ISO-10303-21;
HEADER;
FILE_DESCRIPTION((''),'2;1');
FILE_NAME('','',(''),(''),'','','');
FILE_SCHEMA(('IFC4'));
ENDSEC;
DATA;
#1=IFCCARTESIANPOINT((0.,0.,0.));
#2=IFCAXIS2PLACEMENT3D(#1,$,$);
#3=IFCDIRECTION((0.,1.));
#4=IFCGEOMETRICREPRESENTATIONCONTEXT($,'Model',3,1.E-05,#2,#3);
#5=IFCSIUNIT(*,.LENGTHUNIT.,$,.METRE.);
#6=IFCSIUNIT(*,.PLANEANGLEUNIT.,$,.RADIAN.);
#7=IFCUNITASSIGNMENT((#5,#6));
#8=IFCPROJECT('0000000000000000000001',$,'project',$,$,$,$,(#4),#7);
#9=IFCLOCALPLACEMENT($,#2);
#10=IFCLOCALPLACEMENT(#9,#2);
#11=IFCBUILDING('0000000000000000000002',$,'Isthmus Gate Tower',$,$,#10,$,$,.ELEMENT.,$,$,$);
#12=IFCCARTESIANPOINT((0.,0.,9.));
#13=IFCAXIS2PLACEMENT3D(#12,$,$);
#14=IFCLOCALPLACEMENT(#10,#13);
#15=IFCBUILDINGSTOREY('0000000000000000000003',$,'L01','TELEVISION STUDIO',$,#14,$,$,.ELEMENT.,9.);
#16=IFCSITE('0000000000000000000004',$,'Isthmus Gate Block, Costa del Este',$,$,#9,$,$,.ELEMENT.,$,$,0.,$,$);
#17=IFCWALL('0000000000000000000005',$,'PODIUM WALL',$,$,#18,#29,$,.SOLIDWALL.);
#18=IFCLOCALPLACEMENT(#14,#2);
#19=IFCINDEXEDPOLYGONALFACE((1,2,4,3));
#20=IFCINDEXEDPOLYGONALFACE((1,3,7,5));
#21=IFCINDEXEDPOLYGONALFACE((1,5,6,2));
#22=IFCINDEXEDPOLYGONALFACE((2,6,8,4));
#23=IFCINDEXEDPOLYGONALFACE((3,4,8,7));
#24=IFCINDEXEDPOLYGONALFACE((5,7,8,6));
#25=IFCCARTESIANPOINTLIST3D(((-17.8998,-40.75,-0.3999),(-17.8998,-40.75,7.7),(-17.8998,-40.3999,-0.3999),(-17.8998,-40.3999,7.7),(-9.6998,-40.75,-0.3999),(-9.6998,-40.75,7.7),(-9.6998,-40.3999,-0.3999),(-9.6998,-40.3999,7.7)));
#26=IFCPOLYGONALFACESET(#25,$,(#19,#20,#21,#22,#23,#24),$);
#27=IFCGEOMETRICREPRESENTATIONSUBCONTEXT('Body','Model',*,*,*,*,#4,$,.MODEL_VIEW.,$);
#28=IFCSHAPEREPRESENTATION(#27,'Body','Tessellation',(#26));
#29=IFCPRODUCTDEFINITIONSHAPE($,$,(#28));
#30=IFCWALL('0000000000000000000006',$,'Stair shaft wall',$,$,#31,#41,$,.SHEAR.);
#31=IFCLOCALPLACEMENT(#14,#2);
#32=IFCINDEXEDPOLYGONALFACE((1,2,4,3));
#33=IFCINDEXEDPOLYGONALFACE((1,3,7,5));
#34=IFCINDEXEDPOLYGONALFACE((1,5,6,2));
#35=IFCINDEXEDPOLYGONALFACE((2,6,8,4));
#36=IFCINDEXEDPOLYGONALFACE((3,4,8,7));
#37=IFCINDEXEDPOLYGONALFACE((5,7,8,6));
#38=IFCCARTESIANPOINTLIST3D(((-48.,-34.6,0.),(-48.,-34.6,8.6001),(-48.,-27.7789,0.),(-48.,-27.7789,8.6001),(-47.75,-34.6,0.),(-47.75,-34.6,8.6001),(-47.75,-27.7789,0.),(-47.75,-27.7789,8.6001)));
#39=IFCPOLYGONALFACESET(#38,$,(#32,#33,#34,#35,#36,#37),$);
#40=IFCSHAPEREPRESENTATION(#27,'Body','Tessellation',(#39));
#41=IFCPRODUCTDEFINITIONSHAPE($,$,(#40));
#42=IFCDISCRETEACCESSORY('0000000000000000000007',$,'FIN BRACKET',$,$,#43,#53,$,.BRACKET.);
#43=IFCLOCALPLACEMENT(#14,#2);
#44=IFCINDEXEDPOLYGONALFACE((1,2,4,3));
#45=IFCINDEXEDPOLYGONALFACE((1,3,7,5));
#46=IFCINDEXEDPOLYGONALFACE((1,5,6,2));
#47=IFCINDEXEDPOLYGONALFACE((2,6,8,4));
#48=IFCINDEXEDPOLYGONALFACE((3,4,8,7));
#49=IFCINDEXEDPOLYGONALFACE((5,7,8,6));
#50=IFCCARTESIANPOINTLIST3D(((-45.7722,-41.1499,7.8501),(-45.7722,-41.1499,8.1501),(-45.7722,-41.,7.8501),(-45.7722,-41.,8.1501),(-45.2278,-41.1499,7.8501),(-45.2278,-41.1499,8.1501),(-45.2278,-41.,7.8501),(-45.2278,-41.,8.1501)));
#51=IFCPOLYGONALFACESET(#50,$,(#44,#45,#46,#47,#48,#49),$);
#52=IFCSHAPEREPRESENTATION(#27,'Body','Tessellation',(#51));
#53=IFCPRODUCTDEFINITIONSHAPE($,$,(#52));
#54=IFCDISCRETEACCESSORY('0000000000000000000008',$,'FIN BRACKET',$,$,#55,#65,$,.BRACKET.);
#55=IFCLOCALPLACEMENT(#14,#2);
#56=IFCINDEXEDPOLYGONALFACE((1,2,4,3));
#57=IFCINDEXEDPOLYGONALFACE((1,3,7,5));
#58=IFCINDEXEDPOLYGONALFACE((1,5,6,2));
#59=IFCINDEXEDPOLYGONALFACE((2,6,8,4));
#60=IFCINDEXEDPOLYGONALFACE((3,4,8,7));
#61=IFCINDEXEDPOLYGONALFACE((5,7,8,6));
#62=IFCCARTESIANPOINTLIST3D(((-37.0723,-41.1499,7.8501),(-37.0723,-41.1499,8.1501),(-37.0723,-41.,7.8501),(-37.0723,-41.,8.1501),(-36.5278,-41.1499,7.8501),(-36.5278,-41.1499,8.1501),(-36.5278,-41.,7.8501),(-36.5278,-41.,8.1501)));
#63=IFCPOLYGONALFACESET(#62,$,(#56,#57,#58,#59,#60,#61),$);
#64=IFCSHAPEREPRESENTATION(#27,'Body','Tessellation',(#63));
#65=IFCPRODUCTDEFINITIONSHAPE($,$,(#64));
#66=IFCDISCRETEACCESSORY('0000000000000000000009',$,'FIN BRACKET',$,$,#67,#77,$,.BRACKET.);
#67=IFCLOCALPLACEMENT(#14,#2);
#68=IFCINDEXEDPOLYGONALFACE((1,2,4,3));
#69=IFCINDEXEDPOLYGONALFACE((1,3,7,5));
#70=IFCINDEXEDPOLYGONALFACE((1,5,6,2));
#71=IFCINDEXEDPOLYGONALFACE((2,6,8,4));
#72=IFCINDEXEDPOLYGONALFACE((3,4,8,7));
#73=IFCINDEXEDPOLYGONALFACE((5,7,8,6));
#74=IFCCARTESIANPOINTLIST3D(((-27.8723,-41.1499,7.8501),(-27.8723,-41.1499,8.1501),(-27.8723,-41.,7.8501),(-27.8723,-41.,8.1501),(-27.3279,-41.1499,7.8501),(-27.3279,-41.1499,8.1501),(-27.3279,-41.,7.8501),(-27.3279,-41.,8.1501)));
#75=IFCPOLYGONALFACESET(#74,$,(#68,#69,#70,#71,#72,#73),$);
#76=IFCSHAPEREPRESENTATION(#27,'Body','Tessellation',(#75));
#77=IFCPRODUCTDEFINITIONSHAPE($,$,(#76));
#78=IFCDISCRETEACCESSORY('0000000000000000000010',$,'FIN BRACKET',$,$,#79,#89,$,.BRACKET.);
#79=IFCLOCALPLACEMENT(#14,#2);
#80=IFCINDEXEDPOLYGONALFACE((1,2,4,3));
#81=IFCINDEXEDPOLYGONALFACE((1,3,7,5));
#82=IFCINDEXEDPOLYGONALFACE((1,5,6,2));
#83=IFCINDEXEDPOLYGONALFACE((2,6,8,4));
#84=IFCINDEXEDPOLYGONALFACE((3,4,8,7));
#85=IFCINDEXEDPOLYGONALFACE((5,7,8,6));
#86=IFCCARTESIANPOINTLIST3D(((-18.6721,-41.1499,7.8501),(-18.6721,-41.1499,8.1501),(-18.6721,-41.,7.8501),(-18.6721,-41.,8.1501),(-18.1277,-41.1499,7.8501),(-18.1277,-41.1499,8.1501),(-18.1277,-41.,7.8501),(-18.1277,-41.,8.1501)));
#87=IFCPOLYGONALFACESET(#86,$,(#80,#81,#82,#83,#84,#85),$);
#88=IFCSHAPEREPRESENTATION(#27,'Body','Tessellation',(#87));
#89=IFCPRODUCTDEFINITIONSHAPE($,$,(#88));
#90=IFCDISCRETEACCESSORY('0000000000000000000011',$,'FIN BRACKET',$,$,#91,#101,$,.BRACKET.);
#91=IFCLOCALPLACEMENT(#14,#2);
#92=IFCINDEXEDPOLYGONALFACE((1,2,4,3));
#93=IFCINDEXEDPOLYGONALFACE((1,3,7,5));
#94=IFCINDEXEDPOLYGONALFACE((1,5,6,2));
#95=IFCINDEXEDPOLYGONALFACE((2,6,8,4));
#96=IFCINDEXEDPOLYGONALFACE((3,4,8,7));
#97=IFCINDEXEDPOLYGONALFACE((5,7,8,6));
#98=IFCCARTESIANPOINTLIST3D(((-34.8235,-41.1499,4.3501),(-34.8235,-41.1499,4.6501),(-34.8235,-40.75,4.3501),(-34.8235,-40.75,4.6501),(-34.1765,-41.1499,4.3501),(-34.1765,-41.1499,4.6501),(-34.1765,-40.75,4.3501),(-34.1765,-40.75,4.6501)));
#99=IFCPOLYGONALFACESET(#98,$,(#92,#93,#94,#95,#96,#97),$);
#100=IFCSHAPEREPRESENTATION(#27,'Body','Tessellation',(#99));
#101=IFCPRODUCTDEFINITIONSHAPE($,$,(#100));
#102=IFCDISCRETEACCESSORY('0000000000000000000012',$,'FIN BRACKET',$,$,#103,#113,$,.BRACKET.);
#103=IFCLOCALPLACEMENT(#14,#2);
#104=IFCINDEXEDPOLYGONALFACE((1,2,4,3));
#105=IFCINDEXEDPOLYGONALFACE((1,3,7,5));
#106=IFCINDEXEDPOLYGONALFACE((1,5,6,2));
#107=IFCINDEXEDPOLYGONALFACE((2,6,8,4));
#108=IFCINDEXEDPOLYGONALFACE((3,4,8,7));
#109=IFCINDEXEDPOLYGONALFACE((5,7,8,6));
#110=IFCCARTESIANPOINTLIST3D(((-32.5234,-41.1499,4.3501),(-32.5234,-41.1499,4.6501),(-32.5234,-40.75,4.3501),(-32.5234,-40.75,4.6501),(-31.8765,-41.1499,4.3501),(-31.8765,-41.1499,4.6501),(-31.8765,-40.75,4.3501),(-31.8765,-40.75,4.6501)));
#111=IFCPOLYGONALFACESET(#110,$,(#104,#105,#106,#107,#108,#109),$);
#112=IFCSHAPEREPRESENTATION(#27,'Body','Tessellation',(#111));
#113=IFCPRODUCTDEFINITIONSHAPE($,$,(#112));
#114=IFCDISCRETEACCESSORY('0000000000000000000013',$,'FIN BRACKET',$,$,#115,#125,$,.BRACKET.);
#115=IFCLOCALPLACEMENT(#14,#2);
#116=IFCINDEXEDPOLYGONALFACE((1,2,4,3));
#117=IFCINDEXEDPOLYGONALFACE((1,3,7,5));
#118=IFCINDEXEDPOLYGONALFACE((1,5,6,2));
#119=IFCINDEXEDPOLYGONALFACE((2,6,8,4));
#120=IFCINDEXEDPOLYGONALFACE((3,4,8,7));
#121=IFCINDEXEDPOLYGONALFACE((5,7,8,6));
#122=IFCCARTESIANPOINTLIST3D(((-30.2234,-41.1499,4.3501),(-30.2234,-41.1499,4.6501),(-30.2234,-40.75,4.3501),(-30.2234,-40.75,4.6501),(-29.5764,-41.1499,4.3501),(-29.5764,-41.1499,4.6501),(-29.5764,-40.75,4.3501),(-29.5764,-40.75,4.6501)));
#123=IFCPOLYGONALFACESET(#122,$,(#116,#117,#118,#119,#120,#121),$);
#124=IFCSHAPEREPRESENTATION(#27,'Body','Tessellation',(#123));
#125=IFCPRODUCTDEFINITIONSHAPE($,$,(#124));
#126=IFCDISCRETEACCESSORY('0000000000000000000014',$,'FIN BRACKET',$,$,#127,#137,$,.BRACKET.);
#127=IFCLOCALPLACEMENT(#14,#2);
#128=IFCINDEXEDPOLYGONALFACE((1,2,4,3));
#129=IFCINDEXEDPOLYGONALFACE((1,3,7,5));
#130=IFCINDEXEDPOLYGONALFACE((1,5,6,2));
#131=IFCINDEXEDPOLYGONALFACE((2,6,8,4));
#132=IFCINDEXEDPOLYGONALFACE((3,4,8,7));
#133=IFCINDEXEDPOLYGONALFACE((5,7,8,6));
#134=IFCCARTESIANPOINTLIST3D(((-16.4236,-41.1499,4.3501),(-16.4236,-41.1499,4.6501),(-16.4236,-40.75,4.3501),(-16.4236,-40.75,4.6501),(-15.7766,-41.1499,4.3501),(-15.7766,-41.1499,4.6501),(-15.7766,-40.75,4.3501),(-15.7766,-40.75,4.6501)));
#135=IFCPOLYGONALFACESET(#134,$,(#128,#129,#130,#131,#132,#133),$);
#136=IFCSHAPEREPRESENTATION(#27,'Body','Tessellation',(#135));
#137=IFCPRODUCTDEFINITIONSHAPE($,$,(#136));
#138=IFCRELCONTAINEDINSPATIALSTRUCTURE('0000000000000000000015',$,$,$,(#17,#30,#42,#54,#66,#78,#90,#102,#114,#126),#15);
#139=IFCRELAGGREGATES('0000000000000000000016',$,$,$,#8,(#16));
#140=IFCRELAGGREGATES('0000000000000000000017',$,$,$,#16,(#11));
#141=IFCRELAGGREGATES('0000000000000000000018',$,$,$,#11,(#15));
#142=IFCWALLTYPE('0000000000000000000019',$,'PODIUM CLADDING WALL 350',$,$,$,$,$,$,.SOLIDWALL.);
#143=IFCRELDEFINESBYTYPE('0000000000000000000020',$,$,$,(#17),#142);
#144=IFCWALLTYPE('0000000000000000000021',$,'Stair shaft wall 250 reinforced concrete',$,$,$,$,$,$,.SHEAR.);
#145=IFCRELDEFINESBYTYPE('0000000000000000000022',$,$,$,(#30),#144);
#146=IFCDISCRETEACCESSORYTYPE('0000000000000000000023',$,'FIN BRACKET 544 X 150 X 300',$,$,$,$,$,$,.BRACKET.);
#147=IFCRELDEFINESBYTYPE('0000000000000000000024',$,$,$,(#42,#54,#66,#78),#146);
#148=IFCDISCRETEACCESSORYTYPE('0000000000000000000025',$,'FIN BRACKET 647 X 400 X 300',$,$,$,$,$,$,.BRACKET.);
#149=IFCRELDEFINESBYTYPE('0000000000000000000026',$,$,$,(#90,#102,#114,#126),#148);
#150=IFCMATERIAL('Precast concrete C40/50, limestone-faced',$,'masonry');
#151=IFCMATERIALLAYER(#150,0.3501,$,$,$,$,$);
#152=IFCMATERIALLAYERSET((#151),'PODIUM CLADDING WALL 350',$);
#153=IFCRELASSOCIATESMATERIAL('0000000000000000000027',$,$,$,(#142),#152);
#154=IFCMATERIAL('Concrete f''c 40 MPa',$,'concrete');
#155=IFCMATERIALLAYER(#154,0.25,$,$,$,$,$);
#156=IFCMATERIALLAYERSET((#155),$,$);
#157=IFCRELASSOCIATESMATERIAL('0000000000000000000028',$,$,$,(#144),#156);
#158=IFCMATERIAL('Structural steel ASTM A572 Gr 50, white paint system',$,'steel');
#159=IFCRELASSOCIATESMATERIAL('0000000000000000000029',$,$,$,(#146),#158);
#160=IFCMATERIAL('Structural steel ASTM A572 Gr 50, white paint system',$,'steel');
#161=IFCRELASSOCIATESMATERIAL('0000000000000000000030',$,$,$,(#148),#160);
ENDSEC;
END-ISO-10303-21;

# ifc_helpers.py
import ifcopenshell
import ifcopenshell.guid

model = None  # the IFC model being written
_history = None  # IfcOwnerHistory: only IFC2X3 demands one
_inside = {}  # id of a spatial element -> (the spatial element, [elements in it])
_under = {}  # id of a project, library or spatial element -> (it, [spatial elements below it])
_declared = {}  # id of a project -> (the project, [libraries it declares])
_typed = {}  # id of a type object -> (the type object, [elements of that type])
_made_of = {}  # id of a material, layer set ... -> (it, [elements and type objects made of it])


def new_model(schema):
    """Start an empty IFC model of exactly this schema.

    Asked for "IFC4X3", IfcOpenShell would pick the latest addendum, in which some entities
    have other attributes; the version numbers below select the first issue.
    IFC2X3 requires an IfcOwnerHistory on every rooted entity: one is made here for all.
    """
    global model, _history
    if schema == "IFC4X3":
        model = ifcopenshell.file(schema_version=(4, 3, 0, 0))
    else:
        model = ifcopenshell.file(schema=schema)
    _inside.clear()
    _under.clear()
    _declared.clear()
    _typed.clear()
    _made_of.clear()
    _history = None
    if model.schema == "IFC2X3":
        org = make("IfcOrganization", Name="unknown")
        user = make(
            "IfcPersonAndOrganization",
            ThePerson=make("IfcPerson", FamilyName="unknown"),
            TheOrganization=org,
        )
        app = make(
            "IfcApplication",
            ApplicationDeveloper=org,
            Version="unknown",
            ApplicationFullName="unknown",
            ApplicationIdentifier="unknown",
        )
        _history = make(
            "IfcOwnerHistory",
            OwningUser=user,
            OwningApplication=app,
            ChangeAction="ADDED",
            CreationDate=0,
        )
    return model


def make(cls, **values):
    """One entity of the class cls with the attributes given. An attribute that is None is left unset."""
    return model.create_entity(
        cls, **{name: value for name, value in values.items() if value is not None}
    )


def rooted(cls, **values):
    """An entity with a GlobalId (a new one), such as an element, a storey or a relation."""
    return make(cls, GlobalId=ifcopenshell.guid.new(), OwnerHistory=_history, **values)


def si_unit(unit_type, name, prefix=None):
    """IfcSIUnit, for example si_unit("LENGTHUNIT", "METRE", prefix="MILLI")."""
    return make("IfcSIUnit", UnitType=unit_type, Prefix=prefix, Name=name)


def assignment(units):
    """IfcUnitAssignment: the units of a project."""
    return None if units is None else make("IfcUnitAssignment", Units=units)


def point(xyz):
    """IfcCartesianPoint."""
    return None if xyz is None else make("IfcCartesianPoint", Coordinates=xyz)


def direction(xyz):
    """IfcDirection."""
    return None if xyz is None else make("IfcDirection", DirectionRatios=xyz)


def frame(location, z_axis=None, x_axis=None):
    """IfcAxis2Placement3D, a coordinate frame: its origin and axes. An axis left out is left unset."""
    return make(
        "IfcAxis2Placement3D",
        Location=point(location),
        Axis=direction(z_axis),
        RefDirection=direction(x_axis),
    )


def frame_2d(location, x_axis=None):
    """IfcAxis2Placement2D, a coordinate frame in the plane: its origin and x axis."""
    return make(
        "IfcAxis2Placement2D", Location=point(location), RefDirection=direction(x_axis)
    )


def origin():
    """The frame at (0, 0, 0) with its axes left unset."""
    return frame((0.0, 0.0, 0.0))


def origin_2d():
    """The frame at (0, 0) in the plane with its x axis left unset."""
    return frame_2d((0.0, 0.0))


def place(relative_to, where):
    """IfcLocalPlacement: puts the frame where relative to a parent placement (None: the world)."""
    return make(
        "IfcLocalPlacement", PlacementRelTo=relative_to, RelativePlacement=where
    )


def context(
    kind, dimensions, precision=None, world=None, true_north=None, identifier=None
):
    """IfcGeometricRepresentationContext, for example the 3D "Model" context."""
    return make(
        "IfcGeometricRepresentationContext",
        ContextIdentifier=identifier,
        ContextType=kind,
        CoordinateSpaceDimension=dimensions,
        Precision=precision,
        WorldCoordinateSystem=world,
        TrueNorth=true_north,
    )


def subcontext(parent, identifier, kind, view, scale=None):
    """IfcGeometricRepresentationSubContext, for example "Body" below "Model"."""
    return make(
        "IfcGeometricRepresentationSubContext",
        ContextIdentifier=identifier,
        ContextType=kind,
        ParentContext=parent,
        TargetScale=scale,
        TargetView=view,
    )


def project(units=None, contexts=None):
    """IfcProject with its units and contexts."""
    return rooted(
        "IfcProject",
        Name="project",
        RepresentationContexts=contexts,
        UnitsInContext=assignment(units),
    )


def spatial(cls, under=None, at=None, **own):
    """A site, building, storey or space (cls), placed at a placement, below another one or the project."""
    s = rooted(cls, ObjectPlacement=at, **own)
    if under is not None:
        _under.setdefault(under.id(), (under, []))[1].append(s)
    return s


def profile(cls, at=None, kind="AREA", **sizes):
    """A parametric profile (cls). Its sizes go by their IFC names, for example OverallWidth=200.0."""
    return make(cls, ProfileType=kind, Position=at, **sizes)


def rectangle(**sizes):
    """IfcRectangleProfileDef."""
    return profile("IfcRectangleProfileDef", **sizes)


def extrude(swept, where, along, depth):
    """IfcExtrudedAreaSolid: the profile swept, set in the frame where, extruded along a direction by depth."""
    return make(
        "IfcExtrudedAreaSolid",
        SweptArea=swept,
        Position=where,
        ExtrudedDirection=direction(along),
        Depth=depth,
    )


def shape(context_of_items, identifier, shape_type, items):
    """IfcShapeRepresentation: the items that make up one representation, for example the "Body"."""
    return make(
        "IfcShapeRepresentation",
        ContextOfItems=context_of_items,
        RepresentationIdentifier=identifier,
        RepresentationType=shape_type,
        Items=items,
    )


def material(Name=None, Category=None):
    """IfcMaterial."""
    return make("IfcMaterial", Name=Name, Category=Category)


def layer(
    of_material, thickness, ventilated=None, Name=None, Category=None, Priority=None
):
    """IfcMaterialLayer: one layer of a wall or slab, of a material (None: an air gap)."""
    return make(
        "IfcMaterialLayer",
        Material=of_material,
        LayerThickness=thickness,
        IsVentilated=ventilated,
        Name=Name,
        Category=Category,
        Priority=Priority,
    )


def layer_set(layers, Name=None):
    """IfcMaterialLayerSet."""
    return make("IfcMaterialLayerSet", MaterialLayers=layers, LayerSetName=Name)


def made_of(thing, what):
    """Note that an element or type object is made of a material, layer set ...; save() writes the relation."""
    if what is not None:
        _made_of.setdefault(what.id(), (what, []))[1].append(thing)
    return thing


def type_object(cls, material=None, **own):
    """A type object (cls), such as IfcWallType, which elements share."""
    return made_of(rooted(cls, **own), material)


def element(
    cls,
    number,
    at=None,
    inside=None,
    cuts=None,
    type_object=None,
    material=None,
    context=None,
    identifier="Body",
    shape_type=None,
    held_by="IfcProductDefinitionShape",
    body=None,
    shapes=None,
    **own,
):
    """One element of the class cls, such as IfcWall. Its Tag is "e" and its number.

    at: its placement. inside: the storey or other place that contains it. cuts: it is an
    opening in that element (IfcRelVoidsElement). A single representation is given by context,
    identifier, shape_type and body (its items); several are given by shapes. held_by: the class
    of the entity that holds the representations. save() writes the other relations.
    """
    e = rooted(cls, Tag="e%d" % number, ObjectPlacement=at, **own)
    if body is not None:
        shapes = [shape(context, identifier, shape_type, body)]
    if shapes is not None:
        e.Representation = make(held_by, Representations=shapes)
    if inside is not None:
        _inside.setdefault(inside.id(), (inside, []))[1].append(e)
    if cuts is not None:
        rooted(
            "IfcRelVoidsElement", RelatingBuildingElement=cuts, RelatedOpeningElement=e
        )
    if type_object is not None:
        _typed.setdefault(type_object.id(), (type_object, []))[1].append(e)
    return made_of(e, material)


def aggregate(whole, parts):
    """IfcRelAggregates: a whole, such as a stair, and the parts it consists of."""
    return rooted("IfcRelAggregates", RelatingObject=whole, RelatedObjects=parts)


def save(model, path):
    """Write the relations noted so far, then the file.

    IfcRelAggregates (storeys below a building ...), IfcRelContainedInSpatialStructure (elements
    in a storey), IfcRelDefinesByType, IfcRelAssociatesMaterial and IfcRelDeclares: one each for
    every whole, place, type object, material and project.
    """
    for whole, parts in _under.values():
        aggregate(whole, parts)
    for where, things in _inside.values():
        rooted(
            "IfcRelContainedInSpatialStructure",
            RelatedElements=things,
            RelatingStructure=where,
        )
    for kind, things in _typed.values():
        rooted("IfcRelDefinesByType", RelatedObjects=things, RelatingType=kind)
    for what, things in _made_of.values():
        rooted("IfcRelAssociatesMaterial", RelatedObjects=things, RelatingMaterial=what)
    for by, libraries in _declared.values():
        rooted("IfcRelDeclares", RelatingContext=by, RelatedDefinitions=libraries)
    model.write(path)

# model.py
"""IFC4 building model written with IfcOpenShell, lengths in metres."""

from ifc_helpers import new_model, si_unit, direction, frame, frame_2d, origin, origin_2d, place, context, subcontext, project, spatial, rectangle, extrude, material, layer, layer_set, type_object, element, save


model = new_model("IFC4")

# Units and contexts
model_context = context("Model", 3, precision=1e-05, world=origin(), true_north=direction((0.0, 1.0)))
body_context = subcontext(model_context, "Body", "Model", "MODEL_VIEW")
ifc_project = project(units=[si_unit("LENGTHUNIT", "METRE"), si_unit("PLANEANGLEUNIT", "RADIAN")], contexts=[model_context])

# Site, building, storey
site_placement = place(None, origin())
site = spatial("IfcSite", under=ifc_project, at=site_placement, Name="Isthmus Gate Block, Costa del Este", CompositionType="ELEMENT", RefElevation=0.0)
building_placement = place(site_placement, origin())
building = spatial("IfcBuilding", under=site, at=building_placement, Name="Isthmus Gate Tower", CompositionType="ELEMENT")
storey_placement = place(building_placement, frame((0.0, 0.0, 9.0)))
storey = spatial("IfcBuildingStorey", under=building, at=storey_placement, Name="L01", Description="TELEVISION STUDIO", CompositionType="ELEMENT", Elevation=9.0)

# Walls
ifc_material_1 = material(Name="Precast concrete C40/50, limestone-faced", Category="masonry")
ifc_layer_1 = layer(ifc_material_1, 0.3501)
ifc_layer_set_1 = layer_set([ifc_layer_1], Name="PODIUM CLADDING WALL 350")
wall_type_1 = type_object("IfcWallType", Name="PODIUM CLADDING WALL 350", PredefinedType="SOLIDWALL", material=ifc_layer_set_1)
wall_1_placement = place(storey_placement, frame((-17.8999, -40.575, -0.3999), z_axis=(0.0, 0.0, 1.0), x_axis=(1.0, 0.0, 0.0)))
element("IfcWall", 1, at=wall_1_placement, inside=storey, type_object=wall_type_1, Name="PODIUM WALL", PredefinedType="SOLIDWALL", context=body_context, shape_type="SweptSolid", body=[
    extrude(rectangle(XDim=8.2, YDim=0.3501, at=frame_2d((4.1001, 0.0))), origin(), (0.0, 0.0, 1.0), 8.0999),
])
ifc_material_2 = material(Name="Concrete f'c 40 MPa", Category="concrete")
ifc_layer_2 = layer(ifc_material_2, 0.25)
ifc_layer_set_2 = layer_set([ifc_layer_2])
wall_type_2 = type_object("IfcWallType", Name="Stair shaft wall 250 reinforced concrete", PredefinedType="SHEAR", material=ifc_layer_set_2)
wall_2_placement = place(storey_placement, frame((-47.875, -34.6001, 0.0), z_axis=(0.0, 0.0, 1.0), x_axis=(0.0, 1.0, 0.0)))
element("IfcWall", 2, at=wall_2_placement, inside=storey, type_object=wall_type_2, Name="Stair shaft wall", PredefinedType="SHEAR", context=body_context, shape_type="SweptSolid", body=[
    extrude(rectangle(XDim=6.821, YDim=0.25, at=frame_2d((3.4106, 0.0))), origin(), (0.0, 0.0, 1.0), 8.6001),
])

# Discrete accessories
ifc_material_3 = material(Name="Structural steel ASTM A572 Gr 50, white paint system", Category="steel")
discrete_accessory_type_1 = type_object("IfcDiscreteAccessoryType", Name="FIN BRACKET 544 X 150 X 300", PredefinedType="BRACKET", material=ifc_material_3)
for number, where, z_axis, x_axis, name in (
    (3, (-45.5, -41.075, 7.8501), (0.0, 0.0, 1.0), (0.0, -1.0, 0.0), "FIN BRACKET"),
    (4, (-36.8, -41.075, 7.8501), (0.0, 0.0, 1.0), (0.0, -1.0, 0.0), "FIN BRACKET"),
    (5, (-27.6001, -41.075, 7.8501), (0.0, 0.0, 1.0), (0.0, -1.0, 0.0), "FIN BRACKET"),
    (6, (-18.3999, -41.075, 7.8501), (0.0, 0.0, 1.0), (0.0, -1.0, 0.0), "FIN BRACKET"),
):
    element("IfcDiscreteAccessory", number, at=place(storey_placement, frame(where, z_axis=z_axis, x_axis=x_axis)), inside=storey, type_object=discrete_accessory_type_1, Name=name, PredefinedType="BRACKET", context=body_context, shape_type="SweptSolid", body=[
        extrude(rectangle(XDim=0.1499, YDim=0.5444, at=origin_2d()), origin(), (0.0, 0.0, 1.0), 0.3),
    ])
ifc_material_4 = material(Name="Structural steel ASTM A572 Gr 50, white paint system", Category="steel")
discrete_accessory_type_2 = type_object("IfcDiscreteAccessoryType", Name="FIN BRACKET 647 X 400 X 300", PredefinedType="BRACKET", material=ifc_material_4)
for number, where, z_axis, x_axis, name in (
    (7, (-34.5, -40.95, 4.3501), (0.0, 0.0, 1.0), (0.0, -1.0, 0.0), "FIN BRACKET"),
    (8, (-32.2, -40.95, 4.3501), (0.0, 0.0, 1.0), (0.0, -1.0, 0.0), "FIN BRACKET"),
    (9, (-29.8999, -40.95, 4.3501), (0.0, 0.0, 1.0), (0.0, -1.0, 0.0), "FIN BRACKET"),
    (10, (-16.1001, -40.95, 4.3501), (0.0, 0.0, 1.0), (0.0, -1.0, 0.0), "FIN BRACKET"),
):
    element("IfcDiscreteAccessory", number, at=place(storey_placement, frame(where, z_axis=z_axis, x_axis=x_axis)), inside=storey, type_object=discrete_accessory_type_2, Name=name, PredefinedType="BRACKET", context=body_context, shape_type="SweptSolid", body=[
        extrude(rectangle(XDim=0.3999, YDim=0.647, at=origin_2d()), origin(), (0.0, 0.0, 1.0), 0.3),
    ])

save(model, "model.ifc")
